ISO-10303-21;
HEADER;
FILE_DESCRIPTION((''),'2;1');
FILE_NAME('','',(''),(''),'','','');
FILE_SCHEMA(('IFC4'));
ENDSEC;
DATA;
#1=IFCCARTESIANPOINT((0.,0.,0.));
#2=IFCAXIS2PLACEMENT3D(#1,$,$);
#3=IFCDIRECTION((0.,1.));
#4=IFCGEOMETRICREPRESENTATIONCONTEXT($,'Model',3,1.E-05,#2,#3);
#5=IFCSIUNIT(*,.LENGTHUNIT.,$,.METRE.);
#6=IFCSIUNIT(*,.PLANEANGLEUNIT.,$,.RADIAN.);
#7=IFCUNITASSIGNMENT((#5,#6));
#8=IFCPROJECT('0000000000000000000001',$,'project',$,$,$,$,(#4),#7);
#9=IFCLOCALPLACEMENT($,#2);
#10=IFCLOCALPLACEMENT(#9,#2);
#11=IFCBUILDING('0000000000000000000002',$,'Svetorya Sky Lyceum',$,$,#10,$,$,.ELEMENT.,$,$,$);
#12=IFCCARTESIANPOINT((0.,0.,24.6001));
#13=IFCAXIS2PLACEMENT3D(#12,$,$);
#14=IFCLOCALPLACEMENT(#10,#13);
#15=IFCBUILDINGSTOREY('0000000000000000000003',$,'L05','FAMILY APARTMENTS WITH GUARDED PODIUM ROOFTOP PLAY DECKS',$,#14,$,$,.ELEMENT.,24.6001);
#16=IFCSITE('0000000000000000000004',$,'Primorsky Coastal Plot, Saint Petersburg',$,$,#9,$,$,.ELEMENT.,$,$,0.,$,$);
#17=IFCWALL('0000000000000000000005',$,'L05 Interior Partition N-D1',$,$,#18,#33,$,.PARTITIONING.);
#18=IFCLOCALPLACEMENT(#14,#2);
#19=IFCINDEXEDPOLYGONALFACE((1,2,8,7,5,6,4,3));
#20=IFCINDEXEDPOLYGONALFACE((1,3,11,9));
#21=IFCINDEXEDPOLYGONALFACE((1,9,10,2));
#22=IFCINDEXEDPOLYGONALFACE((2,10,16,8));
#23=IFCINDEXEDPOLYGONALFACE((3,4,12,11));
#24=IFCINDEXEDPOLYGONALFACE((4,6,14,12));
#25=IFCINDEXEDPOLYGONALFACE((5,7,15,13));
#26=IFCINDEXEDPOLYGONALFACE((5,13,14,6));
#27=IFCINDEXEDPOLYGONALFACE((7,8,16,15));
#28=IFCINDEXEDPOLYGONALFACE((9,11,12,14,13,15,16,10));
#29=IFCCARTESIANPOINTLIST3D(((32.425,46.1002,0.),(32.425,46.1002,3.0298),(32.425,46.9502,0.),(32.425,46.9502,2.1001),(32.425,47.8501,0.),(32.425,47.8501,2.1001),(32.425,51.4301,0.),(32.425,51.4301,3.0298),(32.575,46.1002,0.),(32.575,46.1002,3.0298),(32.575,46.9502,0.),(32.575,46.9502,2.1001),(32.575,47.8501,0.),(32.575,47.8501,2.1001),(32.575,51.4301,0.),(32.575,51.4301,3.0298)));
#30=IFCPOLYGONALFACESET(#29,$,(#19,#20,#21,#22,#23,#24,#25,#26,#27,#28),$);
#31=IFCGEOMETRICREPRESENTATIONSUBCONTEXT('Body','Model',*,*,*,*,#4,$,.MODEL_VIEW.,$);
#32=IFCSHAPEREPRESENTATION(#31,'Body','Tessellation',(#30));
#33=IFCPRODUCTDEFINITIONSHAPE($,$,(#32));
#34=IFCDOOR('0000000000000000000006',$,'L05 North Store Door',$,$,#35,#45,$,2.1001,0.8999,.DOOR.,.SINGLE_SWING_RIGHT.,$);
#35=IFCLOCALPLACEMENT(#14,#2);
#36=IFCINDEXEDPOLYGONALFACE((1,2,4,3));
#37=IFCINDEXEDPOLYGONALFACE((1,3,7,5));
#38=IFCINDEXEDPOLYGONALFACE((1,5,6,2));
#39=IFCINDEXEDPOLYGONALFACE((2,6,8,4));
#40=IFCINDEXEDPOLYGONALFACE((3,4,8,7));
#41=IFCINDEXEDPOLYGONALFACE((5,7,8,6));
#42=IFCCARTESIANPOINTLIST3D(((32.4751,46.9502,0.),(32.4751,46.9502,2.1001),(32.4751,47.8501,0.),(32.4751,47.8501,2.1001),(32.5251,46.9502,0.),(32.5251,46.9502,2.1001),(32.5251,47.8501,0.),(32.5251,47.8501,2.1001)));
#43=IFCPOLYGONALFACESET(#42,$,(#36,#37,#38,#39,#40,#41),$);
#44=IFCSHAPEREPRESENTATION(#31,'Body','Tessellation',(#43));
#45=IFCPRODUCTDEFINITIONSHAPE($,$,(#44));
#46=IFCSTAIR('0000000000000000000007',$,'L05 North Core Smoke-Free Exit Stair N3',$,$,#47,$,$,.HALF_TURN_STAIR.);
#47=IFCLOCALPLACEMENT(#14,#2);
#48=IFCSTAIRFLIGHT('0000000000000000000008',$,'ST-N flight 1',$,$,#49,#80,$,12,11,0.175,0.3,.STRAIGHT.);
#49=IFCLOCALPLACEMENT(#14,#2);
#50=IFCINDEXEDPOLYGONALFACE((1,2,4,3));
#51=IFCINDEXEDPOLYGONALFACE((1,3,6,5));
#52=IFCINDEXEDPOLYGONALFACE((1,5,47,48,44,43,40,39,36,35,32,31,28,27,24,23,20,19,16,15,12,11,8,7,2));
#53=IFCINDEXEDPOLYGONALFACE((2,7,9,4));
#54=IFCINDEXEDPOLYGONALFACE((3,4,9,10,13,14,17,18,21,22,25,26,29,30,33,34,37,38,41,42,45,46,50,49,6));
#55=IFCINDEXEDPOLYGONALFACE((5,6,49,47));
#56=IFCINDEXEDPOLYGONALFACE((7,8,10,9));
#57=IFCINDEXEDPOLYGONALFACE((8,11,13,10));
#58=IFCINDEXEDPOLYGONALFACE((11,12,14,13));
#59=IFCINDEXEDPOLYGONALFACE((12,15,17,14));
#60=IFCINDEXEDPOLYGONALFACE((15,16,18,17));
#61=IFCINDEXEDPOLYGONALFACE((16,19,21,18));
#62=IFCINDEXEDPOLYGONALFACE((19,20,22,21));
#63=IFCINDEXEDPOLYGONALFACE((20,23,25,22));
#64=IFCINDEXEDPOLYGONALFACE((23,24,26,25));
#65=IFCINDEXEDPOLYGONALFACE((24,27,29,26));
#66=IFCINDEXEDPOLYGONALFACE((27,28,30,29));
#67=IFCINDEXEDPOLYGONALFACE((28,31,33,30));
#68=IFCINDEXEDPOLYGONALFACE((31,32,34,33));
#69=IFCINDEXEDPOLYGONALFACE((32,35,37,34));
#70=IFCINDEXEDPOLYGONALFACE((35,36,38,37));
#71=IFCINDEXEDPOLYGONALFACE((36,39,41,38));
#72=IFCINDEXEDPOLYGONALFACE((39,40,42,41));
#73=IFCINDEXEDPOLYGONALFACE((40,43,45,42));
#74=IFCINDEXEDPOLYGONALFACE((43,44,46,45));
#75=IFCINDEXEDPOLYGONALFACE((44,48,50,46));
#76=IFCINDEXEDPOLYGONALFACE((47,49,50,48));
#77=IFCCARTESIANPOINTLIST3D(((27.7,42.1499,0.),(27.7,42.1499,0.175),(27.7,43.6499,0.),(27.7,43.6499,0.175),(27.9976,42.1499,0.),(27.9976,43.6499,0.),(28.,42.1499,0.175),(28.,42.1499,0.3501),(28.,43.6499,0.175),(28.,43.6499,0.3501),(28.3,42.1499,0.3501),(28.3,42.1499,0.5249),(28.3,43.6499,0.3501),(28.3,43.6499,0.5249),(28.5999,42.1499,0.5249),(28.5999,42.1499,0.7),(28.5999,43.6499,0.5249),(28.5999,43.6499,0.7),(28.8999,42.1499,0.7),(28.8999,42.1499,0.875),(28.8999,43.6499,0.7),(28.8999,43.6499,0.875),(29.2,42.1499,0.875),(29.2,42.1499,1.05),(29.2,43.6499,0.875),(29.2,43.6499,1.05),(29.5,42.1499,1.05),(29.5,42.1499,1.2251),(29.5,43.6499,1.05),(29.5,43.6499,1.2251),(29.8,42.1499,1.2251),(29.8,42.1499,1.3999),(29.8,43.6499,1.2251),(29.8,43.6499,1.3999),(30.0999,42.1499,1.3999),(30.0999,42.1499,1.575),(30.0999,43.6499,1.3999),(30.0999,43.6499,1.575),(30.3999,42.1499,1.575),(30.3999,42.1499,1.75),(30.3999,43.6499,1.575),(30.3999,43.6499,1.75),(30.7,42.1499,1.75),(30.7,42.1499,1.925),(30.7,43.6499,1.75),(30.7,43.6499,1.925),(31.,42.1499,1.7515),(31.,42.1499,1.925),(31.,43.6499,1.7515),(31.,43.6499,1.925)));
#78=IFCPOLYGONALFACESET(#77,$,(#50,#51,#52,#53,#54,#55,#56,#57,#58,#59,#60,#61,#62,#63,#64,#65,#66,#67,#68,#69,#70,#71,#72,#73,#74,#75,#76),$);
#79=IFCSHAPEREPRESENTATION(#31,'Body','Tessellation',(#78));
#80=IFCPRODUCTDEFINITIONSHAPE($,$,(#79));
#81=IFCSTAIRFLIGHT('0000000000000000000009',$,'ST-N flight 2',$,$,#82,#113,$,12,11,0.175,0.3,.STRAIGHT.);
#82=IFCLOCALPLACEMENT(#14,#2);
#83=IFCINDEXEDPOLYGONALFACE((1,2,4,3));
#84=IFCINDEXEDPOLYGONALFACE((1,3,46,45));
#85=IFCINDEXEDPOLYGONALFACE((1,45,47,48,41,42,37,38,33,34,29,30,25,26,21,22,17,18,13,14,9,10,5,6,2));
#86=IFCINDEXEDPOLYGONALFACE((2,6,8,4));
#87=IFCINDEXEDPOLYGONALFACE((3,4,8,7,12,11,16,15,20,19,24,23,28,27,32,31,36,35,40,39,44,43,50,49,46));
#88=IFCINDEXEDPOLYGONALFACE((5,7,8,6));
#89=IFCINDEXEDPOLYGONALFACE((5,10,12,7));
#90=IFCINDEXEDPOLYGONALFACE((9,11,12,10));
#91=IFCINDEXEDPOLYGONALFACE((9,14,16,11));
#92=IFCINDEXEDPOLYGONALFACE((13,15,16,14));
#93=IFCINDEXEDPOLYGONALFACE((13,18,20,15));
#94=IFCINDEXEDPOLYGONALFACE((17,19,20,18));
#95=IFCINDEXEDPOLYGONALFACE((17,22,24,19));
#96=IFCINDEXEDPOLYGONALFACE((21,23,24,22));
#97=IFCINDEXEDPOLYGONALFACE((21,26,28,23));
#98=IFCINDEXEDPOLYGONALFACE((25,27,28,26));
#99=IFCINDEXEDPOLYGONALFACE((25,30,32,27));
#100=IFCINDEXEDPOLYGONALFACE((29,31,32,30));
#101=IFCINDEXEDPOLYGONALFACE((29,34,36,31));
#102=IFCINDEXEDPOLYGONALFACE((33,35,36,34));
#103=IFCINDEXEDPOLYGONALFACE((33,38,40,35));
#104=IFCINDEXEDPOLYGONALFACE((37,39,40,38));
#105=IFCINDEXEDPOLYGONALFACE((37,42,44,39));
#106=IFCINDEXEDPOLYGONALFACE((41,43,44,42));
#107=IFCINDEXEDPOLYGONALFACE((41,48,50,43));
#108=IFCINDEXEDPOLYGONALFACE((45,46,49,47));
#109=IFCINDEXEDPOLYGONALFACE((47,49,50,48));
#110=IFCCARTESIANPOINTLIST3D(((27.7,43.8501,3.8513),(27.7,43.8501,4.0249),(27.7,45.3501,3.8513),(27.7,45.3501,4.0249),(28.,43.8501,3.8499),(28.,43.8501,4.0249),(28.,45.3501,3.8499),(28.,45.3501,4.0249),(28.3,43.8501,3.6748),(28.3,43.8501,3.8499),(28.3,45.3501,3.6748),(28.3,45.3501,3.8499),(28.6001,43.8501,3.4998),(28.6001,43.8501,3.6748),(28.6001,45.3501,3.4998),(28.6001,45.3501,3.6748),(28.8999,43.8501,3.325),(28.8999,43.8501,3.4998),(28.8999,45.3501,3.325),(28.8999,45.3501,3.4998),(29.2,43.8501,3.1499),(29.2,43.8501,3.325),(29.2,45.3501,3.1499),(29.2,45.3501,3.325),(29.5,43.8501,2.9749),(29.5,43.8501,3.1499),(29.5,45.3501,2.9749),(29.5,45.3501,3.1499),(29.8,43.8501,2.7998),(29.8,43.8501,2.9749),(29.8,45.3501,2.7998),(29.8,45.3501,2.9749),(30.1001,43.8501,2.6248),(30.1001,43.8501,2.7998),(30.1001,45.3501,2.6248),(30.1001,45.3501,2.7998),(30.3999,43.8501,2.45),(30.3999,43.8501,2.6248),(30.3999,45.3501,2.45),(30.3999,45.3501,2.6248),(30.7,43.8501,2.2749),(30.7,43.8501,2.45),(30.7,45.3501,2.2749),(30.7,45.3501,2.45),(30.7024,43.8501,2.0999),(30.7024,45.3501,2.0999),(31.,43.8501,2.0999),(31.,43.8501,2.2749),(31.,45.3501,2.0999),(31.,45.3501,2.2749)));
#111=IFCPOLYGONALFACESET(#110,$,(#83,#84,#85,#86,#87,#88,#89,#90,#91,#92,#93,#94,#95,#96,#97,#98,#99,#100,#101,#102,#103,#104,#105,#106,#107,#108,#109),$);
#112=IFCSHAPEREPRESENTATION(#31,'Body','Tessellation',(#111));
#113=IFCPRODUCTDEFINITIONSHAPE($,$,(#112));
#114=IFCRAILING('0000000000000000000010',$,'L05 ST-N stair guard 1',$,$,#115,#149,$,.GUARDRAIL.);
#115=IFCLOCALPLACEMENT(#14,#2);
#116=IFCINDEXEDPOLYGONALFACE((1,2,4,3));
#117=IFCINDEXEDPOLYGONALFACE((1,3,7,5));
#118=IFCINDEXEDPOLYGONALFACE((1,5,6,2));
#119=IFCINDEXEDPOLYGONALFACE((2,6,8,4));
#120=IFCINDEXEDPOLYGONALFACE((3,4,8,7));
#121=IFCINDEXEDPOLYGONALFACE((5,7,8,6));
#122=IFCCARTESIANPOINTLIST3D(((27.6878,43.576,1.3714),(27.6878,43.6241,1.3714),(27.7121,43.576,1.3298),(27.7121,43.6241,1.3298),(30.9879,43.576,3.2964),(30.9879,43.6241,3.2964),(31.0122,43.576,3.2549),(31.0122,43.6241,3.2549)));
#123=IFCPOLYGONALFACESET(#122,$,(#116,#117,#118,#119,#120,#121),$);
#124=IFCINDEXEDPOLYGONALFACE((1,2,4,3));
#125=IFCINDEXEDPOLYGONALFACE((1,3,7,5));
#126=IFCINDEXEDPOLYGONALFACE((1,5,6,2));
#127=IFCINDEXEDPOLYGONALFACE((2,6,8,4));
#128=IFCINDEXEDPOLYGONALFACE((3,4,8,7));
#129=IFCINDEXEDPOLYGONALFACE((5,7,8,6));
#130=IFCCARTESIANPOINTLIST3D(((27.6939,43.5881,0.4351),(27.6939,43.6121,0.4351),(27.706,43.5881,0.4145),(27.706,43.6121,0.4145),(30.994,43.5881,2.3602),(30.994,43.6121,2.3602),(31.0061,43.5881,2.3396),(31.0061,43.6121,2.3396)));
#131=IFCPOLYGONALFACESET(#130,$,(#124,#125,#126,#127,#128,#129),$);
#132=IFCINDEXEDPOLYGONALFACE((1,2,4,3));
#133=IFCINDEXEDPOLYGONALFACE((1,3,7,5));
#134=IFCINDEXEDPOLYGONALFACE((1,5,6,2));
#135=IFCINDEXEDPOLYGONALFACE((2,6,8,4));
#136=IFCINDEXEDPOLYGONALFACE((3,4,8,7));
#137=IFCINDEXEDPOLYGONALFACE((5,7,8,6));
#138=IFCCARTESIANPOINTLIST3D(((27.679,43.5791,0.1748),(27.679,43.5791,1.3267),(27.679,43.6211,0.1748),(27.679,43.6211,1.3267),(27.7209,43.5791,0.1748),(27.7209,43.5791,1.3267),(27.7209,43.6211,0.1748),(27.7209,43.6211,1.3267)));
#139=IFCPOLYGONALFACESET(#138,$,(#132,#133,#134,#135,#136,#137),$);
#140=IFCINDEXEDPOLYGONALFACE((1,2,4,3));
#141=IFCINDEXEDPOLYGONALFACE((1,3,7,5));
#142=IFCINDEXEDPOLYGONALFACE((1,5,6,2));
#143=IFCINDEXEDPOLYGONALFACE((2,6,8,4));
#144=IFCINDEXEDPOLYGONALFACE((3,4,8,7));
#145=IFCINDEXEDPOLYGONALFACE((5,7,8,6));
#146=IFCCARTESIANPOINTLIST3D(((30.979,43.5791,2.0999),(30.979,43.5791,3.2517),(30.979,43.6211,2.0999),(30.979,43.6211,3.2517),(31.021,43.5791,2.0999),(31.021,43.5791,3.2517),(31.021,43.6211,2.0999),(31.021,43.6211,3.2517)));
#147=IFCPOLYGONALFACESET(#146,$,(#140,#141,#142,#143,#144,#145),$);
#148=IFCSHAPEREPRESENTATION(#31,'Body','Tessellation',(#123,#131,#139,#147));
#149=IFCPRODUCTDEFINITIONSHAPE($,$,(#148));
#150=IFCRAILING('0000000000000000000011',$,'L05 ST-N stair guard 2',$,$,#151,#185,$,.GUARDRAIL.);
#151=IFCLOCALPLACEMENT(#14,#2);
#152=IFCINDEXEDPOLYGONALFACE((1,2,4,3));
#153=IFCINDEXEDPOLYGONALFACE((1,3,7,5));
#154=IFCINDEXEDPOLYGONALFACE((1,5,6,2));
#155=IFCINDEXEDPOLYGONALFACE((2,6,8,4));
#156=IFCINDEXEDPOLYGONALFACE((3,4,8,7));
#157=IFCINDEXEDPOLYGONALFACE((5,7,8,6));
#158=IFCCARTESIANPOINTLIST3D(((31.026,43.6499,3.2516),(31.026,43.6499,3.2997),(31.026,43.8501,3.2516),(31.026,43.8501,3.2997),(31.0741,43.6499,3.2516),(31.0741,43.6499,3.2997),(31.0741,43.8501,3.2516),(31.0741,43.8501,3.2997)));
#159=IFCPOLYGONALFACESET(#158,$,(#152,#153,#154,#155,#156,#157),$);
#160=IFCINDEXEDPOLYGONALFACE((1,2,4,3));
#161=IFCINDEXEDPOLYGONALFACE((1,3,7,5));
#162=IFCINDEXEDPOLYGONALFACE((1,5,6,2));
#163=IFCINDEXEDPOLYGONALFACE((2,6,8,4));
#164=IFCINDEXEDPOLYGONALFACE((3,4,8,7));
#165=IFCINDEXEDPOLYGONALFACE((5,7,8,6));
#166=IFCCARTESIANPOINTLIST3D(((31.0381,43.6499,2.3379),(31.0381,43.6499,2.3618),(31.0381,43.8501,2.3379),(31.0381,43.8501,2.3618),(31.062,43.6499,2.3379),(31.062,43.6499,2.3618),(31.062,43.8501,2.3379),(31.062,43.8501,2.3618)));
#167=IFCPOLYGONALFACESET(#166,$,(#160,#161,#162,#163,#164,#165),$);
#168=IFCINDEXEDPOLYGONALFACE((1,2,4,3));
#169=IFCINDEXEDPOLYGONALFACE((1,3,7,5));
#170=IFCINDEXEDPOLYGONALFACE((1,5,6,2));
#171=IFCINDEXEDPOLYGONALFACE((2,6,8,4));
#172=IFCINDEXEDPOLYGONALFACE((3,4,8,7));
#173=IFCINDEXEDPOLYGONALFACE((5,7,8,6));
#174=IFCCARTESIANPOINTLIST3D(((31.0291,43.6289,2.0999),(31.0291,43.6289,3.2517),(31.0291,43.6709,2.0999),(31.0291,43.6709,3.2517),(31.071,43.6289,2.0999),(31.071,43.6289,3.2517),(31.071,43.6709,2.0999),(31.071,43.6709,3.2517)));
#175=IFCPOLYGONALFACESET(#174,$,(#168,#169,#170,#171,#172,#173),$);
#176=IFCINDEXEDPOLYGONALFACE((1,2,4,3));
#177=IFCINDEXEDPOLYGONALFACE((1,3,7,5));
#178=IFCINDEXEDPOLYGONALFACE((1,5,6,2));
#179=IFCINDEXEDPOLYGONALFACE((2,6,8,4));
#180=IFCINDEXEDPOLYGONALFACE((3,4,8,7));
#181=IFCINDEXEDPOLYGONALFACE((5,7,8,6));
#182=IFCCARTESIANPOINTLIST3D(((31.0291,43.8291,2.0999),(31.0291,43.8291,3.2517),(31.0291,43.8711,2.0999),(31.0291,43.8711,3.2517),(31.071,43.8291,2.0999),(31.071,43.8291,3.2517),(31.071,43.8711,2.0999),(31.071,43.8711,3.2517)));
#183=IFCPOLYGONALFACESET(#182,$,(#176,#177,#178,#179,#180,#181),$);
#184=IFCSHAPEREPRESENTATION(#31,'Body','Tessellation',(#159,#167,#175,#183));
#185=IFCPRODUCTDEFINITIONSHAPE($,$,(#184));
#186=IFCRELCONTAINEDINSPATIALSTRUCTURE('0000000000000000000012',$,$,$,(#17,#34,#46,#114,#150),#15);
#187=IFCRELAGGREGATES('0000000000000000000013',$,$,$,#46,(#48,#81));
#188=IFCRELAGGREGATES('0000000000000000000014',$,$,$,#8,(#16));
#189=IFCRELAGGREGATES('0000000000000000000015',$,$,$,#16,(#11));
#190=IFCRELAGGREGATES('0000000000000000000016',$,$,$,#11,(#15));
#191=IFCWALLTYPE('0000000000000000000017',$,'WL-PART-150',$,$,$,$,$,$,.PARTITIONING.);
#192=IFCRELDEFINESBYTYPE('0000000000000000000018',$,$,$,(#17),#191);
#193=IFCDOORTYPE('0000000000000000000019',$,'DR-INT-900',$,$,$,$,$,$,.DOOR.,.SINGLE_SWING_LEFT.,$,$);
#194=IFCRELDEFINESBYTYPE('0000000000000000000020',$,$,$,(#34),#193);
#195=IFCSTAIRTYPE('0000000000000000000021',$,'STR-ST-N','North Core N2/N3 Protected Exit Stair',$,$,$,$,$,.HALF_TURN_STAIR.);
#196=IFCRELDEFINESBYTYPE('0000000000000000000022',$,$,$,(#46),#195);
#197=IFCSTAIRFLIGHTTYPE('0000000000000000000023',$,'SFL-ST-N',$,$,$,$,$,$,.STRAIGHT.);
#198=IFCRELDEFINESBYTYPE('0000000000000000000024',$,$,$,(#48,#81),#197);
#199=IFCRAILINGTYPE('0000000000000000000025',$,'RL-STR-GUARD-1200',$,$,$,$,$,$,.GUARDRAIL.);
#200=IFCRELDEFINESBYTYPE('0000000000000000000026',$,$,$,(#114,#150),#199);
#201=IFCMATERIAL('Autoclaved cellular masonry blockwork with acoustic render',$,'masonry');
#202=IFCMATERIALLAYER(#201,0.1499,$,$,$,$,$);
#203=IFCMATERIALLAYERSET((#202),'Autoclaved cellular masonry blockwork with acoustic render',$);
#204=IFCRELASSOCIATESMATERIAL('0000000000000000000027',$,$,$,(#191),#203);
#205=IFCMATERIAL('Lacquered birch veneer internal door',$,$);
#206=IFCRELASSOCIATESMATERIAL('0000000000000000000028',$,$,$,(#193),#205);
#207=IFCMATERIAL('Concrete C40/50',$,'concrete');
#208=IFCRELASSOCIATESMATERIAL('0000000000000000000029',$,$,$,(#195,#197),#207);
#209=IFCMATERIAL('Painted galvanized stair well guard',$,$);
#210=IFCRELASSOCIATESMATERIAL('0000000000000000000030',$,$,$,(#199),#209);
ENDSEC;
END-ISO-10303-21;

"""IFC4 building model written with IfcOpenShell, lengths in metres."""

from ifc_helpers import new_model, si_unit, direction, frame, frame_2d, origin, origin_2d, place, context, subcontext, project, spatial, polyline, rectangle, outline, extrude, material, layer, layer_set, type_object, element, fill, aggregate, save


model = new_model("IFC4")

# Units and contexts
model_context = context("Model", 3, precision=1e-05, world=origin(), true_north=direction((0.0, 1.0)))
body_context = subcontext(model_context, "Body", "Model", "MODEL_VIEW")
ifc_project = project(units=[si_unit("LENGTHUNIT", "METRE"), si_unit("PLANEANGLEUNIT", "RADIAN")], contexts=[model_context])

# Site, building, storey
site_placement = place(None, origin())
site = spatial("IfcSite", under=ifc_project, at=site_placement, Name="Primorsky Coastal Plot, Saint Petersburg", CompositionType="ELEMENT", RefElevation=0.0)
building_placement = place(site_placement, origin())
building = spatial("IfcBuilding", under=site, at=building_placement, Name="Svetorya Sky Lyceum", CompositionType="ELEMENT")
storey_placement = place(building_placement, frame((0.0, 0.0, 24.6001)))
storey = spatial("IfcBuildingStorey", under=building, at=storey_placement, Name="L05", Description="FAMILY APARTMENTS WITH GUARDED PODIUM ROOFTOP PLAY DECKS", CompositionType="ELEMENT", Elevation=24.6001)

# Shared definitions
ifc_material_1 = material(Name="Concrete C40/50", Category="concrete")

# Shared definitions
ifc_material_2 = material(Name="Autoclaved cellular masonry blockwork with acoustic render", Category="masonry")
ifc_layer_1 = layer(ifc_material_2, 0.1499)
ifc_layer_set_1 = layer_set([ifc_layer_1], Name="Autoclaved cellular masonry blockwork with acoustic render")
wall_type_1 = type_object("IfcWallType", Name="WL-PART-150", PredefinedType="PARTITIONING", material=ifc_layer_set_1)

# Wall, opening, door
wall_1_placement = place(storey_placement, frame((32.5, 46.1001, 0.0), z_axis=(0.0, 0.0, 1.0), x_axis=(0.0, 1.0, 0.0)))
wall_1 = element("IfcWall", 1, at=wall_1_placement, inside=storey, type_object=wall_type_1, Name="L05 Interior Partition N-D1", PredefinedType="PARTITIONING", context=body_context, shape_type="SweptSolid", body=[
    extrude(rectangle(XDim=5.3298, YDim=0.1499, at=frame_2d((2.665, 0.0))), origin(), (0.0, 0.0, 1.0), 3.0298),
])
opening_1_placement = place(wall_1_placement, frame((0.8501, 0.0, 0.0)))
opening_1 = element("IfcOpeningElement", 2, at=opening_1_placement, cuts=wall_1, PredefinedType="OPENING", context=body_context, shape_type="SweptSolid", body=[
    extrude(rectangle(XDim=0.8999, YDim=2.1001, at=frame_2d((0.45, 1.05))), frame((0.0, 0.085, 0.0), z_axis=(0.0, -1.0, 0.0), x_axis=(1.0, 0.0, 0.0)), (0.0, 0.0, 1.0), 0.1699),
])
ifc_material_3 = material(Name="Lacquered birch veneer internal door")
door_type_1 = type_object("IfcDoorType", Name="DR-INT-900", OperationType="SINGLE_SWING_LEFT", PredefinedType="DOOR", material=ifc_material_3)
door_1_placement = place(opening_1_placement, origin())
door_1 = element("IfcDoor", 3, at=door_1_placement, inside=storey, type_object=door_type_1, Name="L05 North Store Door", OperationType="SINGLE_SWING_RIGHT", OverallHeight=2.1001, OverallWidth=0.8999, PredefinedType="DOOR", context=body_context, shape_type="SweptSolid", body=[
    extrude(rectangle(XDim=0.8999, YDim=2.1001, at=frame_2d((0.45, 1.05))), frame((0.0, 0.0249, 0.0), z_axis=(0.0, -1.0, 0.0), x_axis=(1.0, 0.0, 0.0)), (0.0, 0.0, 1.0), 0.05),
])
fill(opening_1, door_1)

# Stair, stair flights
stair_type = type_object("IfcStairType", Name="STR-ST-N", Description="North Core N2/N3 Protected Exit Stair", PredefinedType="HALF_TURN_STAIR", material=ifc_material_1)
stair_placement = place(storey_placement, origin())
stair = element("IfcStair", 4, at=stair_placement, inside=storey, type_object=stair_type, Name="L05 North Core Smoke-Free Exit Stair N3", PredefinedType="HALF_TURN_STAIR")
stair_flight_type = type_object("IfcStairFlightType", Name="SFL-ST-N", PredefinedType="STRAIGHT", material=ifc_material_1)
stair_flight_1_placement = place(storey_placement, frame((27.7, 42.8999, 0.0), z_axis=(0.0, 0.0, 1.0), x_axis=(1.0, 0.0, 0.0)))
stair_flight_1 = element("IfcStairFlight", 5, at=stair_flight_1_placement, type_object=stair_flight_type, Name="ST-N flight 1", NumberOfRisers=12, NumberOfTreads=11, PredefinedType="STRAIGHT", RiserHeight=0.175, TreadLength=0.3, context=body_context, shape_type="SweptSolid", body=[
    extrude(outline(polyline([(0.0, 0.0), (0.0, 0.175), (0.3, 0.175), (0.3, 0.3501), (0.6001, 0.3501), (0.6001, 0.5249), (0.8999, 0.5249), (0.8999, 0.7), (1.2, 0.7), (1.2, 0.875), (1.5, 0.875), (1.5, 1.05), (1.8, 1.05), (1.8, 1.2251), (2.1001, 1.2251), (2.1001, 1.3999), (2.3999, 1.3999), (2.3999, 1.575), (2.7, 1.575), (2.7, 1.75), (3.0, 1.75), (3.0, 1.925), (3.3, 1.925), (3.3, 2.1001), (3.3, 1.7515), (0.2976, 0.0), (0.0, 0.0)])), frame((0.0, 0.75, 0.0), z_axis=(0.0, -1.0, 0.0), x_axis=(1.0, 0.0, 0.0)), (0.0, 0.0, 1.0), 1.5),
])
stair_flight_2_placement = place(storey_placement, frame((31.0, 44.6001, 2.0999), z_axis=(0.0, 0.0, 1.0), x_axis=(-1.0, 0.0, 0.0)))
stair_flight_2 = element("IfcStairFlight", 6, at=stair_flight_2_placement, type_object=stair_flight_type, Name="ST-N flight 2", NumberOfRisers=12, NumberOfTreads=11, PredefinedType="STRAIGHT", RiserHeight=0.175, TreadLength=0.3, context=body_context, shape_type="SweptSolid", body=[
    extrude(outline(polyline([(0.0, 0.0), (0.0, 0.175), (0.3, 0.175), (0.3, 0.3501), (0.6001, 0.3501), (0.6001, 0.5249), (0.8999, 0.5249), (0.8999, 0.7), (1.2, 0.7), (1.2, 0.875), (1.5, 0.875), (1.5, 1.05), (1.8, 1.05), (1.8, 1.2251), (2.1001, 1.2251), (2.1001, 1.3999), (2.3999, 1.3999), (2.3999, 1.575), (2.7, 1.575), (2.7, 1.75), (3.0, 1.75), (3.0, 1.925), (3.3, 1.925), (3.3, 2.1001), (3.3, 1.7515), (0.2976, 0.0), (0.0, 0.0)])), frame((0.0, 0.75, 0.0), z_axis=(0.0, -1.0, 0.0), x_axis=(1.0, 0.0, 0.0)), (0.0, 0.0, 1.0), 1.5),
])
aggregate(stair, [stair_flight_1, stair_flight_2])

# Railings
ifc_material_4 = material(Name="Painted galvanized stair well guard")
railing_type_1 = type_object("IfcRailingType", Name="RL-STR-GUARD-1200", PredefinedType="GUARDRAIL", material=ifc_material_4)
railing_1_placement = place(storey_placement, frame((27.7, 43.6001, 0.1748)))
element("IfcRailing", 7, at=railing_1_placement, inside=storey, type_object=railing_type_1, Name="L05 ST-N stair guard 1", PredefinedType="GUARDRAIL", context=body_context, shape_type="SweptSolid", body=[
    extrude(rectangle(XDim=0.0481, YDim=0.0481, at=origin_2d()), frame((0.0, 0.0, 1.1758), z_axis=(0.863777, 0.0, 0.503875), x_axis=(0.0, 1.0, 0.0)), (0.0, 0.0, 1.0), 3.8206),
    extrude(rectangle(XDim=0.0239, YDim=0.0239, at=origin_2d()), frame((0.0, 0.0, 0.25), z_axis=(0.863777, 0.0, 0.503875), x_axis=(0.0, 1.0, 0.0)), (0.0, 0.0, 1.0), 3.8206),
    extrude(rectangle(XDim=0.042, YDim=0.042, at=origin_2d()), origin(), (0.0, 0.0, 1.0), 1.1519),
    extrude(rectangle(XDim=0.042, YDim=0.042, at=origin_2d()), frame((3.3, 0.0, 1.925)), (0.0, 0.0, 1.0), 1.1519),
])
railing_2_placement = place(storey_placement, frame((31.05, 43.6499, 2.0999)))
element("IfcRailing", 8, at=railing_2_placement, inside=storey, type_object=railing_type_1, Name="L05 ST-N stair guard 2", PredefinedType="GUARDRAIL", context=body_context, shape_type="SweptSolid", body=[
    extrude(rectangle(XDim=0.0481, YDim=0.0481, at=origin_2d()), frame((0.0, 0.0, 1.1758), z_axis=(0.0, 1.0, 0.0), x_axis=(-1.0, 0.0, 0.0)), (0.0, 0.0, 1.0), 0.2002),
    extrude(rectangle(XDim=0.0239, YDim=0.0239, at=origin_2d()), frame((0.0, 0.0, 0.25), z_axis=(0.0, 1.0, 0.0), x_axis=(-1.0, 0.0, 0.0)), (0.0, 0.0, 1.0), 0.2002),
    extrude(rectangle(XDim=0.042, YDim=0.042, at=origin_2d()), origin(), (0.0, 0.0, 1.0), 1.1519),
    extrude(rectangle(XDim=0.042, YDim=0.042, at=origin_2d()), frame((0.0, 0.2002, 0.0)), (0.0, 0.0, 1.0), 1.1519),
])

save(model, "model.ifc")
